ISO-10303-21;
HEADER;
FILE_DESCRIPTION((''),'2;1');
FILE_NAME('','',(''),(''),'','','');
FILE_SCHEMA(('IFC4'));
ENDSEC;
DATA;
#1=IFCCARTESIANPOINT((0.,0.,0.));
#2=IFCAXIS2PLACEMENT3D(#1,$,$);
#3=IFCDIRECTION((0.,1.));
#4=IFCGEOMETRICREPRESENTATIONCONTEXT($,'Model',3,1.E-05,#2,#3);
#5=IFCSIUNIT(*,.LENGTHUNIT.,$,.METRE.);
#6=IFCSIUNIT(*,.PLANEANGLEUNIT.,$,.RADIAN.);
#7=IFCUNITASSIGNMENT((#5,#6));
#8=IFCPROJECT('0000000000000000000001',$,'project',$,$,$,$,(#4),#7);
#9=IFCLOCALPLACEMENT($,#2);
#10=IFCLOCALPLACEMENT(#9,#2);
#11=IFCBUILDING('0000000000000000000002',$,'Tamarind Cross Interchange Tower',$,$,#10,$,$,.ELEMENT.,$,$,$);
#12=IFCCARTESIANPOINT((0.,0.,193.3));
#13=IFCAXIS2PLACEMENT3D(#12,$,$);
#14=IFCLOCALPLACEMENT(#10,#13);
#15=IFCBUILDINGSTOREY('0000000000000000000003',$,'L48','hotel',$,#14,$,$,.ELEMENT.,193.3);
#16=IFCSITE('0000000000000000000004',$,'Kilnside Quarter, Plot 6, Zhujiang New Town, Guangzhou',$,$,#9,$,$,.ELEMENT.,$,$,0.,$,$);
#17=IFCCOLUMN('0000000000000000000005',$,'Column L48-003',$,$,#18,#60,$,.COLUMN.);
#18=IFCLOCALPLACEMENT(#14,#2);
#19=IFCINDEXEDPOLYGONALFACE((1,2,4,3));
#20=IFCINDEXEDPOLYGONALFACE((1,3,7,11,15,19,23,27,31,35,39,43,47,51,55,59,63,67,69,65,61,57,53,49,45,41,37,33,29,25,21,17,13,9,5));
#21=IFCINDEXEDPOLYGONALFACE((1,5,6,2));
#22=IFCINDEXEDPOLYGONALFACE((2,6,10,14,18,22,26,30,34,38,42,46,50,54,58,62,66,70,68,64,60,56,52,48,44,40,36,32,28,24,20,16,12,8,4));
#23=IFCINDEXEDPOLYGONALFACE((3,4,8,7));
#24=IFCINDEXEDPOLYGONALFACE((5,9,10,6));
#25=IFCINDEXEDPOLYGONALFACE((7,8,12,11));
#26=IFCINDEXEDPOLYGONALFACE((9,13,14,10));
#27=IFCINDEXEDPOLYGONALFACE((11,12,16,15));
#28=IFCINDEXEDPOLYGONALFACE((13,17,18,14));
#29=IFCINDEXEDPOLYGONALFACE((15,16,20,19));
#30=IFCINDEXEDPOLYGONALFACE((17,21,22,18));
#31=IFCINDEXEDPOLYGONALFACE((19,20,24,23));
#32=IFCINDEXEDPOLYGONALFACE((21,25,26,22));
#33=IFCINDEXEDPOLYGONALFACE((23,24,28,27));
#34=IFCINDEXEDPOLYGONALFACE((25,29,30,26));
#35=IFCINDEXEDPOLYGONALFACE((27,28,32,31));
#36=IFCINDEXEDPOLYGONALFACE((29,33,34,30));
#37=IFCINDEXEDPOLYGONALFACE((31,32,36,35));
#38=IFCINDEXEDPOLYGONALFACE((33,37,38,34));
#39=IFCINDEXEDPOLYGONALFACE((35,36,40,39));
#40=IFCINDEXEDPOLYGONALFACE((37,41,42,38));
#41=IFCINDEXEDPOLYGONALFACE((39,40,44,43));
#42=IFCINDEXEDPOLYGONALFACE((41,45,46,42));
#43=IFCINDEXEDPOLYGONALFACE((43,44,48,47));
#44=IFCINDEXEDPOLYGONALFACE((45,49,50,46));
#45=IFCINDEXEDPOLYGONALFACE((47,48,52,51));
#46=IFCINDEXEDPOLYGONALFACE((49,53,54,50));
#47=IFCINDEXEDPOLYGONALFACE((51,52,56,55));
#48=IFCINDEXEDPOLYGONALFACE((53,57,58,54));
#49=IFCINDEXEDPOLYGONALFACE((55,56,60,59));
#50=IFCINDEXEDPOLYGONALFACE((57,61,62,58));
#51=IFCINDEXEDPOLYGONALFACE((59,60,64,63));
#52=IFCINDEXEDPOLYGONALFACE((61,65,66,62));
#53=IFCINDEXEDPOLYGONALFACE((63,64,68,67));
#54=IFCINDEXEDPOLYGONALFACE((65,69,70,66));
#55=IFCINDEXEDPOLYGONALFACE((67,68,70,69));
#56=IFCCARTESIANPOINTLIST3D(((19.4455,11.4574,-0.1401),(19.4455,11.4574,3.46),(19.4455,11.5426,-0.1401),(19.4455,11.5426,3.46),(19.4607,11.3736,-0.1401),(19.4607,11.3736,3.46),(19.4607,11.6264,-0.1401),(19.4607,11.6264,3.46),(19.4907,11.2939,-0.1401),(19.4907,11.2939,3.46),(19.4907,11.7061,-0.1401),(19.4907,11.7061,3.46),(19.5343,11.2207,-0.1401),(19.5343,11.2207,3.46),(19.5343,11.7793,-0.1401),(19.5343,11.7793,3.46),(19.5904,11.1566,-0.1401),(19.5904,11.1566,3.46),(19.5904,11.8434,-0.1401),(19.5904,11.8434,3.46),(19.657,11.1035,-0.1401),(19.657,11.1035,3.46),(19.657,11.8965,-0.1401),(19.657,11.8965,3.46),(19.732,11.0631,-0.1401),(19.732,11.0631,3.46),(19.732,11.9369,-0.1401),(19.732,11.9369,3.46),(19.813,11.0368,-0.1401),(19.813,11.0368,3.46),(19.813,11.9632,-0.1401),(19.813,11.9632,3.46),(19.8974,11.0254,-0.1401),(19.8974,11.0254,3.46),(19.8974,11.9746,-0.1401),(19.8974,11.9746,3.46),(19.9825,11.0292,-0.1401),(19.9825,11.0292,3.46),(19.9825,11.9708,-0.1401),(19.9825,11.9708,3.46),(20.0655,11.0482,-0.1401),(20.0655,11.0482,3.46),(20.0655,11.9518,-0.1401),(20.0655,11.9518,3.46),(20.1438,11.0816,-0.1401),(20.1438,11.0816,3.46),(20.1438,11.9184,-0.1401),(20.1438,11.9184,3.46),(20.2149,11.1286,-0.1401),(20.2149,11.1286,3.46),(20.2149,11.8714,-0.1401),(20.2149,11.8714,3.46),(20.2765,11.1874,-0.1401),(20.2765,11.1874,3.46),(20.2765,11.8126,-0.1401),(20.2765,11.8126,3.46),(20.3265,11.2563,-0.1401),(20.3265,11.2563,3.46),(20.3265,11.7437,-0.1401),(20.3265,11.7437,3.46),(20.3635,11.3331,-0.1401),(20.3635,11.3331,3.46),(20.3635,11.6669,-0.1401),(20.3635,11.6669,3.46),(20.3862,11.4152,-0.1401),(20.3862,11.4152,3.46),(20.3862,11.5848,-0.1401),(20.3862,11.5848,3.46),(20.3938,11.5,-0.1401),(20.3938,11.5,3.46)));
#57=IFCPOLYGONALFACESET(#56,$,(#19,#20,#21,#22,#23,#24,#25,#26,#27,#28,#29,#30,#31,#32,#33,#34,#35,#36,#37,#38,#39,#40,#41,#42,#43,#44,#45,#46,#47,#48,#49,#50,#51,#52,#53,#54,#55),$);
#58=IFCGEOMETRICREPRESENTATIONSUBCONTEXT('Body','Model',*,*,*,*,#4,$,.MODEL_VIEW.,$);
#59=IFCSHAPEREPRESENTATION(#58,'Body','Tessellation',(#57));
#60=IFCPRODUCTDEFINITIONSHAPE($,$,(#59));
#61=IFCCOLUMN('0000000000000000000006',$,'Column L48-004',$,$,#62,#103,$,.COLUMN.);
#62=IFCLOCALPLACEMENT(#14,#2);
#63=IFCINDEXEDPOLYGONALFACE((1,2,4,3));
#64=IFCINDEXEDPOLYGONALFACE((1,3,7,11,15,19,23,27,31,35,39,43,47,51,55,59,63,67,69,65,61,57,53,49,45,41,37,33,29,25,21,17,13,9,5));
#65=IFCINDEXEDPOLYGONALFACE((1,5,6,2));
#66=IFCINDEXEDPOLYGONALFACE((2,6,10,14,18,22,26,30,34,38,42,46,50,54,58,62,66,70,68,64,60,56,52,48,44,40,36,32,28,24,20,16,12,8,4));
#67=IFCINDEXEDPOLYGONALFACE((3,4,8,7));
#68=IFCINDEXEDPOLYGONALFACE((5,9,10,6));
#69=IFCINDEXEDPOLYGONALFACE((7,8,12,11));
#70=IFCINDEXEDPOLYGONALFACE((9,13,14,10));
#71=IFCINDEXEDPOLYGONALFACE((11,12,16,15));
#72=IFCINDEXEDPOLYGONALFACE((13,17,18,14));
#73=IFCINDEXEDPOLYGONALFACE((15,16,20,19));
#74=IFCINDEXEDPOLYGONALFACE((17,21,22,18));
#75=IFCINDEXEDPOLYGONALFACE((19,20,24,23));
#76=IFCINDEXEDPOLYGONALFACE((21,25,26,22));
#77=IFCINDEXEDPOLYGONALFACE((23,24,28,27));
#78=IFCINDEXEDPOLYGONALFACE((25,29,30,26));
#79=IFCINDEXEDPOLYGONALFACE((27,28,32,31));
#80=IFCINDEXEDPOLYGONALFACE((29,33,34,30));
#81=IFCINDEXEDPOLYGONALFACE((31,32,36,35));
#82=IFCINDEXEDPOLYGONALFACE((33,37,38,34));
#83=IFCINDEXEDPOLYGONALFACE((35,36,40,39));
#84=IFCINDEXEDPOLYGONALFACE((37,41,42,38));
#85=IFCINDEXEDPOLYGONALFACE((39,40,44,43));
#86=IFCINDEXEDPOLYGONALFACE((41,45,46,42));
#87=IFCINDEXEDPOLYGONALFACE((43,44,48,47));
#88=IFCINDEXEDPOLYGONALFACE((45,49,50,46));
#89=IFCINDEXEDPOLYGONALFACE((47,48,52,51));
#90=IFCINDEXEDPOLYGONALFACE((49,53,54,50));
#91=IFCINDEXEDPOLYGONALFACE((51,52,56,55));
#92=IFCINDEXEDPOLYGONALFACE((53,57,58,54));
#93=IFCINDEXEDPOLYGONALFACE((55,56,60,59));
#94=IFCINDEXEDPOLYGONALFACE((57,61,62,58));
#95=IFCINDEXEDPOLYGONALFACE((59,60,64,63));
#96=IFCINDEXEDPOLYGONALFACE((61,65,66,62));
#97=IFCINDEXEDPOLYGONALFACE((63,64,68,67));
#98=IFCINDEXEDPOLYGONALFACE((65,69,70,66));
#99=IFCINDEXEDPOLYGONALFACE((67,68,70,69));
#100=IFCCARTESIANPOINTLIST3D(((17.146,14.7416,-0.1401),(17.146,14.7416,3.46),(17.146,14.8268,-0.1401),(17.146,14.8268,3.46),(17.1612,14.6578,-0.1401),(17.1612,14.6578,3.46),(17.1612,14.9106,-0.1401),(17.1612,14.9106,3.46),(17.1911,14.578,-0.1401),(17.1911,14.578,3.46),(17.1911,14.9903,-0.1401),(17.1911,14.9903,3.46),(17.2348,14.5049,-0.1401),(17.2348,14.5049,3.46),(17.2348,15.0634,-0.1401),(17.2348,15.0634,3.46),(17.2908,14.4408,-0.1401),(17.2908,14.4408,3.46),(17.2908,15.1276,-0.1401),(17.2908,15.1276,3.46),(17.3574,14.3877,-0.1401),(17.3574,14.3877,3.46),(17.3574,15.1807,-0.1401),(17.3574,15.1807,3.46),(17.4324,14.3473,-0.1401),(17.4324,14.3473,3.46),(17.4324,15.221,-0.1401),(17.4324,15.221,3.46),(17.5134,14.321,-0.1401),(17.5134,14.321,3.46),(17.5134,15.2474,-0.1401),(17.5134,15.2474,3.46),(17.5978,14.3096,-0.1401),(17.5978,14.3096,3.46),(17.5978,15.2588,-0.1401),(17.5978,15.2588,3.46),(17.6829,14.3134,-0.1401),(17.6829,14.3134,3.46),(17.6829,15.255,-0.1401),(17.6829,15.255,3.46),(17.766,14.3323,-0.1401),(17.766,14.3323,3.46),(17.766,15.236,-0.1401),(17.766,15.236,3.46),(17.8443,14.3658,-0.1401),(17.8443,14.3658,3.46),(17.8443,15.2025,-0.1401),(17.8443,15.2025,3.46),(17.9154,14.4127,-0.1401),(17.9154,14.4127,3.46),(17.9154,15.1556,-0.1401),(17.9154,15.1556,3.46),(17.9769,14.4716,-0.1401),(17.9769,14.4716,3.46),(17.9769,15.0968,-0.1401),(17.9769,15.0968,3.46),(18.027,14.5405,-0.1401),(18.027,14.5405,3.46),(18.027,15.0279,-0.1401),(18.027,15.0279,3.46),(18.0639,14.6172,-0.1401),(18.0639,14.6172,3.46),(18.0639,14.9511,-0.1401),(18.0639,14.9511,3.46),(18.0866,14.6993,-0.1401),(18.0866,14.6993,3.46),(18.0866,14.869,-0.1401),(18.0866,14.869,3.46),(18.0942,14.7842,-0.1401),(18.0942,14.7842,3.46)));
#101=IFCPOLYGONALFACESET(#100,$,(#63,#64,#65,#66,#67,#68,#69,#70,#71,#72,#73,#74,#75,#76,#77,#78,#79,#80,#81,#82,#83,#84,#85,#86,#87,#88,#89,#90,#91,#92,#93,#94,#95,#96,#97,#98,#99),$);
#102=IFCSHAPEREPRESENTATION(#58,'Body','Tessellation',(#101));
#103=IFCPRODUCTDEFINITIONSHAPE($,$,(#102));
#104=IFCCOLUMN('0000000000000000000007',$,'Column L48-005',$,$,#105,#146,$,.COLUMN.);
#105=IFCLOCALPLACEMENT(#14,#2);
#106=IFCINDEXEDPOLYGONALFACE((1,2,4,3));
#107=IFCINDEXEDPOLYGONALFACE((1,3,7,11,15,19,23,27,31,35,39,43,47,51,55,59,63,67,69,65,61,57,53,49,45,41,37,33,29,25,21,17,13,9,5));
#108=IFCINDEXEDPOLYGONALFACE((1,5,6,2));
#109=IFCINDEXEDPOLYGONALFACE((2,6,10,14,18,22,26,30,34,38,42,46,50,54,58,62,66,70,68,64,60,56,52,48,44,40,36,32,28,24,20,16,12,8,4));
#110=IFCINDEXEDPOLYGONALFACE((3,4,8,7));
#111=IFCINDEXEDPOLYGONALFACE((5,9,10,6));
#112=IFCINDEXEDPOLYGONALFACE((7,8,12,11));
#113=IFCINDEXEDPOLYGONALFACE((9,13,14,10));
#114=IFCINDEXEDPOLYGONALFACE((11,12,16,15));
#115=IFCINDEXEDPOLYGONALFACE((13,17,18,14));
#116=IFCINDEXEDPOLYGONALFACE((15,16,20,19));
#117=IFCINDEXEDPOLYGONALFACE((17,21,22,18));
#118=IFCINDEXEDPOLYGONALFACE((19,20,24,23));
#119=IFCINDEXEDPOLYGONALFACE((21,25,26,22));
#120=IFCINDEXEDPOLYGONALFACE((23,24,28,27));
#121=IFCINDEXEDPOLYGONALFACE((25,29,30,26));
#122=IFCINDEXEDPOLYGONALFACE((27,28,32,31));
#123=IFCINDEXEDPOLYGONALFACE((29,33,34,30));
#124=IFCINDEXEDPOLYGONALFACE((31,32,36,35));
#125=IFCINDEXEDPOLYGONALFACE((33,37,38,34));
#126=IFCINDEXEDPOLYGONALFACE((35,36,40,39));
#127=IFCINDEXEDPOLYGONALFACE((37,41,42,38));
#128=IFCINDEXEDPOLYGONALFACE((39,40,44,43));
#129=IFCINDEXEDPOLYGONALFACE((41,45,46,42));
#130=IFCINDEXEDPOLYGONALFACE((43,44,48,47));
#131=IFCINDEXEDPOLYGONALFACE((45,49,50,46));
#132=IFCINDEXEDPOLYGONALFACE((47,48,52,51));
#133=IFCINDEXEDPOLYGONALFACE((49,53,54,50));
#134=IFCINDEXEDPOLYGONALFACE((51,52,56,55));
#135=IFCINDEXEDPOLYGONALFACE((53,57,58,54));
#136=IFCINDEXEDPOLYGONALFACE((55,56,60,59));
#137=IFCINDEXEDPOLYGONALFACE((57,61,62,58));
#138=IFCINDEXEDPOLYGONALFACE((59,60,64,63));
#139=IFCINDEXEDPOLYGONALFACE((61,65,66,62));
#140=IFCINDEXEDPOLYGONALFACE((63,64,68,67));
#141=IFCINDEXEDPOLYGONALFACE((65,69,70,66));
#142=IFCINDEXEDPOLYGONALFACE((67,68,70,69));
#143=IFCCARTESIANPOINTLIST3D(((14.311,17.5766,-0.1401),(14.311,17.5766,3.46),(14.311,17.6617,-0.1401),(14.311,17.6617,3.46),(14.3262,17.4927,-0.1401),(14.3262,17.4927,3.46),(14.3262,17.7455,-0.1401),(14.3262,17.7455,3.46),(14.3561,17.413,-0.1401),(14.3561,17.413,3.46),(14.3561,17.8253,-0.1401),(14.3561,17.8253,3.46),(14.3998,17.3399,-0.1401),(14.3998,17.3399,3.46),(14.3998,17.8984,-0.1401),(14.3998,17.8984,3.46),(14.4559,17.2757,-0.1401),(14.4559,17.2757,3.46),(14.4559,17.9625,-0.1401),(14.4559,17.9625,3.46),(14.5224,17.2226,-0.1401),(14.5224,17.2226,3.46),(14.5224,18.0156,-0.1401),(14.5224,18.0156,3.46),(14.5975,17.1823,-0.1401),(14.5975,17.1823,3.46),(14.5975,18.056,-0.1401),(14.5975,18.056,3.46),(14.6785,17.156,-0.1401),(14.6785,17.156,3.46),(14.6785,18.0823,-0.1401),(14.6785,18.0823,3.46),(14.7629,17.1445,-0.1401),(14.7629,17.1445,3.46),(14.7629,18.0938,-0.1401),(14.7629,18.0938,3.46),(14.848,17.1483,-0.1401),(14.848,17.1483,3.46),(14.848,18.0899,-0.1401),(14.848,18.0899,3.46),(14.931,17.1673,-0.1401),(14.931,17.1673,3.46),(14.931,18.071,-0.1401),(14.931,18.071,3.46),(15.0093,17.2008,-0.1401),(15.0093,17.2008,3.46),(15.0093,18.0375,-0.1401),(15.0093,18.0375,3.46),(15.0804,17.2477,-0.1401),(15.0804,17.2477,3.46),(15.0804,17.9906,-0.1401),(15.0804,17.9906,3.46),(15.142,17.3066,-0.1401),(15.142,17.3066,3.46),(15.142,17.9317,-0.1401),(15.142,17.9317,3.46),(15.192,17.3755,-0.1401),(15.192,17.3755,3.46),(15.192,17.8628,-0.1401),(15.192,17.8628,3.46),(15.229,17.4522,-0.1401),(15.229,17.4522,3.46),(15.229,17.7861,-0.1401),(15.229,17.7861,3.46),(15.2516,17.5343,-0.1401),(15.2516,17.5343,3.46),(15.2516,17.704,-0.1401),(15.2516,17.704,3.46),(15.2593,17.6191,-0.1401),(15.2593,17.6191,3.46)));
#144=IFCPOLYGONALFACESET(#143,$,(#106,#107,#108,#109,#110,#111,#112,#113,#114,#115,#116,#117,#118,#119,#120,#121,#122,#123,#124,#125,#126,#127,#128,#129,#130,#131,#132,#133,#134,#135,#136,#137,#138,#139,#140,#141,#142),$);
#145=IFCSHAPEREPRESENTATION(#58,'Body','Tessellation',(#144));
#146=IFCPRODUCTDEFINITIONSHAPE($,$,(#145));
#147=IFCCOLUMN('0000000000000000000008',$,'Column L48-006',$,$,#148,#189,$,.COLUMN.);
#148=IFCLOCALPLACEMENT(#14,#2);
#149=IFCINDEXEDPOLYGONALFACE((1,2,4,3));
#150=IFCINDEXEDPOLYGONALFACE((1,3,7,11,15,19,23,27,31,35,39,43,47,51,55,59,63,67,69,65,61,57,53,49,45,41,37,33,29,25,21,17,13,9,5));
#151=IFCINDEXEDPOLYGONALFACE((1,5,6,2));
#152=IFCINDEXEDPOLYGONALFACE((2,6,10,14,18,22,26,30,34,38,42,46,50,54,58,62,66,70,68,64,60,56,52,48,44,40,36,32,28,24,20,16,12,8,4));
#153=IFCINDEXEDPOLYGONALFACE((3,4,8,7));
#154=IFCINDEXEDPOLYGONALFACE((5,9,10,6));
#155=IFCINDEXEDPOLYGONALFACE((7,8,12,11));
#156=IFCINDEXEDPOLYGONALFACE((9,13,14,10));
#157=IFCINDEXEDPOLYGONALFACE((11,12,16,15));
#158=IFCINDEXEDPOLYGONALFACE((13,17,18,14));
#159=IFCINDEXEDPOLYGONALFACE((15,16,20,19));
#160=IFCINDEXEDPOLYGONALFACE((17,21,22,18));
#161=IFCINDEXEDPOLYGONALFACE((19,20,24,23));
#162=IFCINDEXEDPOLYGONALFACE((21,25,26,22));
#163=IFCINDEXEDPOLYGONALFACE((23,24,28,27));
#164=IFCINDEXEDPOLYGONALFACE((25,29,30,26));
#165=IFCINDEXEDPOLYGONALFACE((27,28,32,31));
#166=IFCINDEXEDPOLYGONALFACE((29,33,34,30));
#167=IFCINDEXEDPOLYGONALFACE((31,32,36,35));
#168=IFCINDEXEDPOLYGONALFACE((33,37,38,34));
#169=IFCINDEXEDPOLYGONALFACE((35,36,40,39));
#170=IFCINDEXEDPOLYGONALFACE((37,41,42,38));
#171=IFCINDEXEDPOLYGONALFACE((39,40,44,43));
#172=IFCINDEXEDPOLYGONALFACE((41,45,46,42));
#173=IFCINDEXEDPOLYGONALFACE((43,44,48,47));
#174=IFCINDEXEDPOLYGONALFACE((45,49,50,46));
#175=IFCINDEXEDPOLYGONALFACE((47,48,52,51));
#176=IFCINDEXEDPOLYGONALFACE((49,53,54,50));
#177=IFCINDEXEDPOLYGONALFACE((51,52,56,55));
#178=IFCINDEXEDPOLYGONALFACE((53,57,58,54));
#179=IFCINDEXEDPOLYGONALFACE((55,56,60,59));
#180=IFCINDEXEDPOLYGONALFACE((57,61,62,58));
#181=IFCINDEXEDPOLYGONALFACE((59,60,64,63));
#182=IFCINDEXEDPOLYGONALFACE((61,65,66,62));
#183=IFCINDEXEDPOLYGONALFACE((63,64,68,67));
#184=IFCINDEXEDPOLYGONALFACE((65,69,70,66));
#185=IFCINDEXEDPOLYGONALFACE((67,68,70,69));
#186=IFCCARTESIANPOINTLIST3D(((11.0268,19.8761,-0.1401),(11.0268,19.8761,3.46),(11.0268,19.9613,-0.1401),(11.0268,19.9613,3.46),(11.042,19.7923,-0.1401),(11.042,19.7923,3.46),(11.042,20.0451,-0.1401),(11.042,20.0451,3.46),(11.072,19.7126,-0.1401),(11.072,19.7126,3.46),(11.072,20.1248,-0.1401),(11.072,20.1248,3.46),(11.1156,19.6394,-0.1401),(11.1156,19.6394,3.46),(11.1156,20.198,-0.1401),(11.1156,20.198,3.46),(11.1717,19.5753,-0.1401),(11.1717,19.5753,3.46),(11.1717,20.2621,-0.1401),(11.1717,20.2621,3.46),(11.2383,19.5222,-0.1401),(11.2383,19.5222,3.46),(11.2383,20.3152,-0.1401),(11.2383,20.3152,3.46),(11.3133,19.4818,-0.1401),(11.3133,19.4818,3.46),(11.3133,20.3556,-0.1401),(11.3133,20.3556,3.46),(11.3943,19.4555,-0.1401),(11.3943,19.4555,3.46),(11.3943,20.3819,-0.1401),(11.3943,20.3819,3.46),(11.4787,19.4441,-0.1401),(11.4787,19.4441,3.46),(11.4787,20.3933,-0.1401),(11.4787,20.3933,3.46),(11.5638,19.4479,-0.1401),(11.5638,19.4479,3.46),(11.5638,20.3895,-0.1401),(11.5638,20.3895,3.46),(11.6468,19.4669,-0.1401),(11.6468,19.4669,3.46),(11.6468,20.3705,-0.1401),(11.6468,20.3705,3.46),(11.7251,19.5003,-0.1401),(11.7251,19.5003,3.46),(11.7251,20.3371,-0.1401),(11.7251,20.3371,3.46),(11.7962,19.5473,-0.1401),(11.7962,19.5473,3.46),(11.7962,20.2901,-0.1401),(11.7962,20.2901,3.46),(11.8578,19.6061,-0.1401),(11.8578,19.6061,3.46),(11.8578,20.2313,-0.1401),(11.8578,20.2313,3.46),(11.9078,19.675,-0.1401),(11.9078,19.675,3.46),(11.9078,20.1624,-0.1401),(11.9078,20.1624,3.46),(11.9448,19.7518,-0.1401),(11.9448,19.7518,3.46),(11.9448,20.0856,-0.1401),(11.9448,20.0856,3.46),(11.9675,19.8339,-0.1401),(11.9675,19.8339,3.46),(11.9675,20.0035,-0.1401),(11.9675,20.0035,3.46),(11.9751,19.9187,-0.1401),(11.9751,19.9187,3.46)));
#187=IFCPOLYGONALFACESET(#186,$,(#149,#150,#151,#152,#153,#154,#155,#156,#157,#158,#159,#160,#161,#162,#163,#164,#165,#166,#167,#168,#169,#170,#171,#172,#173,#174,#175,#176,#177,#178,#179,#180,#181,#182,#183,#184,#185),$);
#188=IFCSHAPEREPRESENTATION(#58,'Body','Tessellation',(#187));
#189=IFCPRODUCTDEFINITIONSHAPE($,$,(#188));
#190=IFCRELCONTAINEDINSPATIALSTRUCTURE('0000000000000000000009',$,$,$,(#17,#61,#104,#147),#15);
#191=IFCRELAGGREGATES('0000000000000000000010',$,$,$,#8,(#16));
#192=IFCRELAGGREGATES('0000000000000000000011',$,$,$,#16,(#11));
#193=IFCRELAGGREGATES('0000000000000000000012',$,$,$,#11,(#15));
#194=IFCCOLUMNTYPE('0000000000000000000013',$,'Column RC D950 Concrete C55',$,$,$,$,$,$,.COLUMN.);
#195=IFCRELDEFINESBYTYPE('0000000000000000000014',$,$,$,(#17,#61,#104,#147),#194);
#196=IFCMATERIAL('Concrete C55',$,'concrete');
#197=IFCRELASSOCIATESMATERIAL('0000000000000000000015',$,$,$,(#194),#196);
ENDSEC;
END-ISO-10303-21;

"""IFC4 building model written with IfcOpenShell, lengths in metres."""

from ifc_helpers import new_model, si_unit, direction, frame, origin, origin_2d, place, context, subcontext, project, spatial, circle, extrude, material, material_profile, profile_set, type_object, element, save


model = new_model("IFC4")

# Units and contexts
model_context = context("Model", 3, precision=1e-05, world=origin(), true_north=direction((0.0, 1.0)))
body_context = subcontext(model_context, "Body", "Model", "MODEL_VIEW")
ifc_project = project(units=[si_unit("LENGTHUNIT", "METRE"), si_unit("PLANEANGLEUNIT", "RADIAN")], contexts=[model_context])

# Site, building, storey
site_placement = place(None, origin())
site = spatial("IfcSite", under=ifc_project, at=site_placement, Name="Kilnside Quarter, Plot 6, Zhujiang New Town, Guangzhou", CompositionType="ELEMENT", RefElevation=0.0)
building_placement = place(site_placement, origin())
building = spatial("IfcBuilding", under=site, at=building_placement, Name="Tamarind Cross Interchange Tower", CompositionType="ELEMENT")
storey_placement = place(building_placement, frame((0.0, 0.0, 193.3)))
storey = spatial("IfcBuildingStorey", under=building, at=storey_placement, Name="L48", Description="hotel", CompositionType="ELEMENT", Elevation=193.3)

# Columns
ifc_material_1 = material(Name="Concrete C55", Category="concrete")
ifc_material_profile_1 = material_profile(ifc_material_1, circle(Radius=0.4751, at=origin_2d()), Name="RC D950")
ifc_profile_set_1 = profile_set([ifc_material_profile_1], Name="Concrete C55")
column_type = type_object("IfcColumnType", Name="Column RC D950 Concrete C55", PredefinedType="COLUMN", material=ifc_profile_set_1)
for number, where, z_axis, x_axis, name in (
    (1, (19.9187, 11.5, -0.1401), (0.0, 0.0, 1.0), (1.0, 0.0, 0.0), "Column L48-003"),
    (2, (17.6191, 14.7842, -0.1401), (0.0, 0.0, 1.0), (1.0, 0.0, 0.0), "Column L48-004"),
    (3, (14.7842, 17.6191, -0.1401), (0.0, 0.0, 1.0), (1.0, 0.0, 0.0), "Column L48-005"),
    (4, (11.5, 19.9187, -0.1401), (0.0, 0.0, 1.0), (1.0, 0.0, 0.0), "Column L48-006"),
):
    element("IfcColumn", number, at=place(storey_placement, frame(where, z_axis=z_axis, x_axis=x_axis)), inside=storey, type_object=column_type, Name=name, PredefinedType="COLUMN", context=body_context, shape_type="SweptSolid", body=[
        extrude(circle(Radius=0.4751, at=origin_2d()), origin(), (0.0, 0.0, 1.0), 3.6001),
    ])

save(model, "model.ifc")
